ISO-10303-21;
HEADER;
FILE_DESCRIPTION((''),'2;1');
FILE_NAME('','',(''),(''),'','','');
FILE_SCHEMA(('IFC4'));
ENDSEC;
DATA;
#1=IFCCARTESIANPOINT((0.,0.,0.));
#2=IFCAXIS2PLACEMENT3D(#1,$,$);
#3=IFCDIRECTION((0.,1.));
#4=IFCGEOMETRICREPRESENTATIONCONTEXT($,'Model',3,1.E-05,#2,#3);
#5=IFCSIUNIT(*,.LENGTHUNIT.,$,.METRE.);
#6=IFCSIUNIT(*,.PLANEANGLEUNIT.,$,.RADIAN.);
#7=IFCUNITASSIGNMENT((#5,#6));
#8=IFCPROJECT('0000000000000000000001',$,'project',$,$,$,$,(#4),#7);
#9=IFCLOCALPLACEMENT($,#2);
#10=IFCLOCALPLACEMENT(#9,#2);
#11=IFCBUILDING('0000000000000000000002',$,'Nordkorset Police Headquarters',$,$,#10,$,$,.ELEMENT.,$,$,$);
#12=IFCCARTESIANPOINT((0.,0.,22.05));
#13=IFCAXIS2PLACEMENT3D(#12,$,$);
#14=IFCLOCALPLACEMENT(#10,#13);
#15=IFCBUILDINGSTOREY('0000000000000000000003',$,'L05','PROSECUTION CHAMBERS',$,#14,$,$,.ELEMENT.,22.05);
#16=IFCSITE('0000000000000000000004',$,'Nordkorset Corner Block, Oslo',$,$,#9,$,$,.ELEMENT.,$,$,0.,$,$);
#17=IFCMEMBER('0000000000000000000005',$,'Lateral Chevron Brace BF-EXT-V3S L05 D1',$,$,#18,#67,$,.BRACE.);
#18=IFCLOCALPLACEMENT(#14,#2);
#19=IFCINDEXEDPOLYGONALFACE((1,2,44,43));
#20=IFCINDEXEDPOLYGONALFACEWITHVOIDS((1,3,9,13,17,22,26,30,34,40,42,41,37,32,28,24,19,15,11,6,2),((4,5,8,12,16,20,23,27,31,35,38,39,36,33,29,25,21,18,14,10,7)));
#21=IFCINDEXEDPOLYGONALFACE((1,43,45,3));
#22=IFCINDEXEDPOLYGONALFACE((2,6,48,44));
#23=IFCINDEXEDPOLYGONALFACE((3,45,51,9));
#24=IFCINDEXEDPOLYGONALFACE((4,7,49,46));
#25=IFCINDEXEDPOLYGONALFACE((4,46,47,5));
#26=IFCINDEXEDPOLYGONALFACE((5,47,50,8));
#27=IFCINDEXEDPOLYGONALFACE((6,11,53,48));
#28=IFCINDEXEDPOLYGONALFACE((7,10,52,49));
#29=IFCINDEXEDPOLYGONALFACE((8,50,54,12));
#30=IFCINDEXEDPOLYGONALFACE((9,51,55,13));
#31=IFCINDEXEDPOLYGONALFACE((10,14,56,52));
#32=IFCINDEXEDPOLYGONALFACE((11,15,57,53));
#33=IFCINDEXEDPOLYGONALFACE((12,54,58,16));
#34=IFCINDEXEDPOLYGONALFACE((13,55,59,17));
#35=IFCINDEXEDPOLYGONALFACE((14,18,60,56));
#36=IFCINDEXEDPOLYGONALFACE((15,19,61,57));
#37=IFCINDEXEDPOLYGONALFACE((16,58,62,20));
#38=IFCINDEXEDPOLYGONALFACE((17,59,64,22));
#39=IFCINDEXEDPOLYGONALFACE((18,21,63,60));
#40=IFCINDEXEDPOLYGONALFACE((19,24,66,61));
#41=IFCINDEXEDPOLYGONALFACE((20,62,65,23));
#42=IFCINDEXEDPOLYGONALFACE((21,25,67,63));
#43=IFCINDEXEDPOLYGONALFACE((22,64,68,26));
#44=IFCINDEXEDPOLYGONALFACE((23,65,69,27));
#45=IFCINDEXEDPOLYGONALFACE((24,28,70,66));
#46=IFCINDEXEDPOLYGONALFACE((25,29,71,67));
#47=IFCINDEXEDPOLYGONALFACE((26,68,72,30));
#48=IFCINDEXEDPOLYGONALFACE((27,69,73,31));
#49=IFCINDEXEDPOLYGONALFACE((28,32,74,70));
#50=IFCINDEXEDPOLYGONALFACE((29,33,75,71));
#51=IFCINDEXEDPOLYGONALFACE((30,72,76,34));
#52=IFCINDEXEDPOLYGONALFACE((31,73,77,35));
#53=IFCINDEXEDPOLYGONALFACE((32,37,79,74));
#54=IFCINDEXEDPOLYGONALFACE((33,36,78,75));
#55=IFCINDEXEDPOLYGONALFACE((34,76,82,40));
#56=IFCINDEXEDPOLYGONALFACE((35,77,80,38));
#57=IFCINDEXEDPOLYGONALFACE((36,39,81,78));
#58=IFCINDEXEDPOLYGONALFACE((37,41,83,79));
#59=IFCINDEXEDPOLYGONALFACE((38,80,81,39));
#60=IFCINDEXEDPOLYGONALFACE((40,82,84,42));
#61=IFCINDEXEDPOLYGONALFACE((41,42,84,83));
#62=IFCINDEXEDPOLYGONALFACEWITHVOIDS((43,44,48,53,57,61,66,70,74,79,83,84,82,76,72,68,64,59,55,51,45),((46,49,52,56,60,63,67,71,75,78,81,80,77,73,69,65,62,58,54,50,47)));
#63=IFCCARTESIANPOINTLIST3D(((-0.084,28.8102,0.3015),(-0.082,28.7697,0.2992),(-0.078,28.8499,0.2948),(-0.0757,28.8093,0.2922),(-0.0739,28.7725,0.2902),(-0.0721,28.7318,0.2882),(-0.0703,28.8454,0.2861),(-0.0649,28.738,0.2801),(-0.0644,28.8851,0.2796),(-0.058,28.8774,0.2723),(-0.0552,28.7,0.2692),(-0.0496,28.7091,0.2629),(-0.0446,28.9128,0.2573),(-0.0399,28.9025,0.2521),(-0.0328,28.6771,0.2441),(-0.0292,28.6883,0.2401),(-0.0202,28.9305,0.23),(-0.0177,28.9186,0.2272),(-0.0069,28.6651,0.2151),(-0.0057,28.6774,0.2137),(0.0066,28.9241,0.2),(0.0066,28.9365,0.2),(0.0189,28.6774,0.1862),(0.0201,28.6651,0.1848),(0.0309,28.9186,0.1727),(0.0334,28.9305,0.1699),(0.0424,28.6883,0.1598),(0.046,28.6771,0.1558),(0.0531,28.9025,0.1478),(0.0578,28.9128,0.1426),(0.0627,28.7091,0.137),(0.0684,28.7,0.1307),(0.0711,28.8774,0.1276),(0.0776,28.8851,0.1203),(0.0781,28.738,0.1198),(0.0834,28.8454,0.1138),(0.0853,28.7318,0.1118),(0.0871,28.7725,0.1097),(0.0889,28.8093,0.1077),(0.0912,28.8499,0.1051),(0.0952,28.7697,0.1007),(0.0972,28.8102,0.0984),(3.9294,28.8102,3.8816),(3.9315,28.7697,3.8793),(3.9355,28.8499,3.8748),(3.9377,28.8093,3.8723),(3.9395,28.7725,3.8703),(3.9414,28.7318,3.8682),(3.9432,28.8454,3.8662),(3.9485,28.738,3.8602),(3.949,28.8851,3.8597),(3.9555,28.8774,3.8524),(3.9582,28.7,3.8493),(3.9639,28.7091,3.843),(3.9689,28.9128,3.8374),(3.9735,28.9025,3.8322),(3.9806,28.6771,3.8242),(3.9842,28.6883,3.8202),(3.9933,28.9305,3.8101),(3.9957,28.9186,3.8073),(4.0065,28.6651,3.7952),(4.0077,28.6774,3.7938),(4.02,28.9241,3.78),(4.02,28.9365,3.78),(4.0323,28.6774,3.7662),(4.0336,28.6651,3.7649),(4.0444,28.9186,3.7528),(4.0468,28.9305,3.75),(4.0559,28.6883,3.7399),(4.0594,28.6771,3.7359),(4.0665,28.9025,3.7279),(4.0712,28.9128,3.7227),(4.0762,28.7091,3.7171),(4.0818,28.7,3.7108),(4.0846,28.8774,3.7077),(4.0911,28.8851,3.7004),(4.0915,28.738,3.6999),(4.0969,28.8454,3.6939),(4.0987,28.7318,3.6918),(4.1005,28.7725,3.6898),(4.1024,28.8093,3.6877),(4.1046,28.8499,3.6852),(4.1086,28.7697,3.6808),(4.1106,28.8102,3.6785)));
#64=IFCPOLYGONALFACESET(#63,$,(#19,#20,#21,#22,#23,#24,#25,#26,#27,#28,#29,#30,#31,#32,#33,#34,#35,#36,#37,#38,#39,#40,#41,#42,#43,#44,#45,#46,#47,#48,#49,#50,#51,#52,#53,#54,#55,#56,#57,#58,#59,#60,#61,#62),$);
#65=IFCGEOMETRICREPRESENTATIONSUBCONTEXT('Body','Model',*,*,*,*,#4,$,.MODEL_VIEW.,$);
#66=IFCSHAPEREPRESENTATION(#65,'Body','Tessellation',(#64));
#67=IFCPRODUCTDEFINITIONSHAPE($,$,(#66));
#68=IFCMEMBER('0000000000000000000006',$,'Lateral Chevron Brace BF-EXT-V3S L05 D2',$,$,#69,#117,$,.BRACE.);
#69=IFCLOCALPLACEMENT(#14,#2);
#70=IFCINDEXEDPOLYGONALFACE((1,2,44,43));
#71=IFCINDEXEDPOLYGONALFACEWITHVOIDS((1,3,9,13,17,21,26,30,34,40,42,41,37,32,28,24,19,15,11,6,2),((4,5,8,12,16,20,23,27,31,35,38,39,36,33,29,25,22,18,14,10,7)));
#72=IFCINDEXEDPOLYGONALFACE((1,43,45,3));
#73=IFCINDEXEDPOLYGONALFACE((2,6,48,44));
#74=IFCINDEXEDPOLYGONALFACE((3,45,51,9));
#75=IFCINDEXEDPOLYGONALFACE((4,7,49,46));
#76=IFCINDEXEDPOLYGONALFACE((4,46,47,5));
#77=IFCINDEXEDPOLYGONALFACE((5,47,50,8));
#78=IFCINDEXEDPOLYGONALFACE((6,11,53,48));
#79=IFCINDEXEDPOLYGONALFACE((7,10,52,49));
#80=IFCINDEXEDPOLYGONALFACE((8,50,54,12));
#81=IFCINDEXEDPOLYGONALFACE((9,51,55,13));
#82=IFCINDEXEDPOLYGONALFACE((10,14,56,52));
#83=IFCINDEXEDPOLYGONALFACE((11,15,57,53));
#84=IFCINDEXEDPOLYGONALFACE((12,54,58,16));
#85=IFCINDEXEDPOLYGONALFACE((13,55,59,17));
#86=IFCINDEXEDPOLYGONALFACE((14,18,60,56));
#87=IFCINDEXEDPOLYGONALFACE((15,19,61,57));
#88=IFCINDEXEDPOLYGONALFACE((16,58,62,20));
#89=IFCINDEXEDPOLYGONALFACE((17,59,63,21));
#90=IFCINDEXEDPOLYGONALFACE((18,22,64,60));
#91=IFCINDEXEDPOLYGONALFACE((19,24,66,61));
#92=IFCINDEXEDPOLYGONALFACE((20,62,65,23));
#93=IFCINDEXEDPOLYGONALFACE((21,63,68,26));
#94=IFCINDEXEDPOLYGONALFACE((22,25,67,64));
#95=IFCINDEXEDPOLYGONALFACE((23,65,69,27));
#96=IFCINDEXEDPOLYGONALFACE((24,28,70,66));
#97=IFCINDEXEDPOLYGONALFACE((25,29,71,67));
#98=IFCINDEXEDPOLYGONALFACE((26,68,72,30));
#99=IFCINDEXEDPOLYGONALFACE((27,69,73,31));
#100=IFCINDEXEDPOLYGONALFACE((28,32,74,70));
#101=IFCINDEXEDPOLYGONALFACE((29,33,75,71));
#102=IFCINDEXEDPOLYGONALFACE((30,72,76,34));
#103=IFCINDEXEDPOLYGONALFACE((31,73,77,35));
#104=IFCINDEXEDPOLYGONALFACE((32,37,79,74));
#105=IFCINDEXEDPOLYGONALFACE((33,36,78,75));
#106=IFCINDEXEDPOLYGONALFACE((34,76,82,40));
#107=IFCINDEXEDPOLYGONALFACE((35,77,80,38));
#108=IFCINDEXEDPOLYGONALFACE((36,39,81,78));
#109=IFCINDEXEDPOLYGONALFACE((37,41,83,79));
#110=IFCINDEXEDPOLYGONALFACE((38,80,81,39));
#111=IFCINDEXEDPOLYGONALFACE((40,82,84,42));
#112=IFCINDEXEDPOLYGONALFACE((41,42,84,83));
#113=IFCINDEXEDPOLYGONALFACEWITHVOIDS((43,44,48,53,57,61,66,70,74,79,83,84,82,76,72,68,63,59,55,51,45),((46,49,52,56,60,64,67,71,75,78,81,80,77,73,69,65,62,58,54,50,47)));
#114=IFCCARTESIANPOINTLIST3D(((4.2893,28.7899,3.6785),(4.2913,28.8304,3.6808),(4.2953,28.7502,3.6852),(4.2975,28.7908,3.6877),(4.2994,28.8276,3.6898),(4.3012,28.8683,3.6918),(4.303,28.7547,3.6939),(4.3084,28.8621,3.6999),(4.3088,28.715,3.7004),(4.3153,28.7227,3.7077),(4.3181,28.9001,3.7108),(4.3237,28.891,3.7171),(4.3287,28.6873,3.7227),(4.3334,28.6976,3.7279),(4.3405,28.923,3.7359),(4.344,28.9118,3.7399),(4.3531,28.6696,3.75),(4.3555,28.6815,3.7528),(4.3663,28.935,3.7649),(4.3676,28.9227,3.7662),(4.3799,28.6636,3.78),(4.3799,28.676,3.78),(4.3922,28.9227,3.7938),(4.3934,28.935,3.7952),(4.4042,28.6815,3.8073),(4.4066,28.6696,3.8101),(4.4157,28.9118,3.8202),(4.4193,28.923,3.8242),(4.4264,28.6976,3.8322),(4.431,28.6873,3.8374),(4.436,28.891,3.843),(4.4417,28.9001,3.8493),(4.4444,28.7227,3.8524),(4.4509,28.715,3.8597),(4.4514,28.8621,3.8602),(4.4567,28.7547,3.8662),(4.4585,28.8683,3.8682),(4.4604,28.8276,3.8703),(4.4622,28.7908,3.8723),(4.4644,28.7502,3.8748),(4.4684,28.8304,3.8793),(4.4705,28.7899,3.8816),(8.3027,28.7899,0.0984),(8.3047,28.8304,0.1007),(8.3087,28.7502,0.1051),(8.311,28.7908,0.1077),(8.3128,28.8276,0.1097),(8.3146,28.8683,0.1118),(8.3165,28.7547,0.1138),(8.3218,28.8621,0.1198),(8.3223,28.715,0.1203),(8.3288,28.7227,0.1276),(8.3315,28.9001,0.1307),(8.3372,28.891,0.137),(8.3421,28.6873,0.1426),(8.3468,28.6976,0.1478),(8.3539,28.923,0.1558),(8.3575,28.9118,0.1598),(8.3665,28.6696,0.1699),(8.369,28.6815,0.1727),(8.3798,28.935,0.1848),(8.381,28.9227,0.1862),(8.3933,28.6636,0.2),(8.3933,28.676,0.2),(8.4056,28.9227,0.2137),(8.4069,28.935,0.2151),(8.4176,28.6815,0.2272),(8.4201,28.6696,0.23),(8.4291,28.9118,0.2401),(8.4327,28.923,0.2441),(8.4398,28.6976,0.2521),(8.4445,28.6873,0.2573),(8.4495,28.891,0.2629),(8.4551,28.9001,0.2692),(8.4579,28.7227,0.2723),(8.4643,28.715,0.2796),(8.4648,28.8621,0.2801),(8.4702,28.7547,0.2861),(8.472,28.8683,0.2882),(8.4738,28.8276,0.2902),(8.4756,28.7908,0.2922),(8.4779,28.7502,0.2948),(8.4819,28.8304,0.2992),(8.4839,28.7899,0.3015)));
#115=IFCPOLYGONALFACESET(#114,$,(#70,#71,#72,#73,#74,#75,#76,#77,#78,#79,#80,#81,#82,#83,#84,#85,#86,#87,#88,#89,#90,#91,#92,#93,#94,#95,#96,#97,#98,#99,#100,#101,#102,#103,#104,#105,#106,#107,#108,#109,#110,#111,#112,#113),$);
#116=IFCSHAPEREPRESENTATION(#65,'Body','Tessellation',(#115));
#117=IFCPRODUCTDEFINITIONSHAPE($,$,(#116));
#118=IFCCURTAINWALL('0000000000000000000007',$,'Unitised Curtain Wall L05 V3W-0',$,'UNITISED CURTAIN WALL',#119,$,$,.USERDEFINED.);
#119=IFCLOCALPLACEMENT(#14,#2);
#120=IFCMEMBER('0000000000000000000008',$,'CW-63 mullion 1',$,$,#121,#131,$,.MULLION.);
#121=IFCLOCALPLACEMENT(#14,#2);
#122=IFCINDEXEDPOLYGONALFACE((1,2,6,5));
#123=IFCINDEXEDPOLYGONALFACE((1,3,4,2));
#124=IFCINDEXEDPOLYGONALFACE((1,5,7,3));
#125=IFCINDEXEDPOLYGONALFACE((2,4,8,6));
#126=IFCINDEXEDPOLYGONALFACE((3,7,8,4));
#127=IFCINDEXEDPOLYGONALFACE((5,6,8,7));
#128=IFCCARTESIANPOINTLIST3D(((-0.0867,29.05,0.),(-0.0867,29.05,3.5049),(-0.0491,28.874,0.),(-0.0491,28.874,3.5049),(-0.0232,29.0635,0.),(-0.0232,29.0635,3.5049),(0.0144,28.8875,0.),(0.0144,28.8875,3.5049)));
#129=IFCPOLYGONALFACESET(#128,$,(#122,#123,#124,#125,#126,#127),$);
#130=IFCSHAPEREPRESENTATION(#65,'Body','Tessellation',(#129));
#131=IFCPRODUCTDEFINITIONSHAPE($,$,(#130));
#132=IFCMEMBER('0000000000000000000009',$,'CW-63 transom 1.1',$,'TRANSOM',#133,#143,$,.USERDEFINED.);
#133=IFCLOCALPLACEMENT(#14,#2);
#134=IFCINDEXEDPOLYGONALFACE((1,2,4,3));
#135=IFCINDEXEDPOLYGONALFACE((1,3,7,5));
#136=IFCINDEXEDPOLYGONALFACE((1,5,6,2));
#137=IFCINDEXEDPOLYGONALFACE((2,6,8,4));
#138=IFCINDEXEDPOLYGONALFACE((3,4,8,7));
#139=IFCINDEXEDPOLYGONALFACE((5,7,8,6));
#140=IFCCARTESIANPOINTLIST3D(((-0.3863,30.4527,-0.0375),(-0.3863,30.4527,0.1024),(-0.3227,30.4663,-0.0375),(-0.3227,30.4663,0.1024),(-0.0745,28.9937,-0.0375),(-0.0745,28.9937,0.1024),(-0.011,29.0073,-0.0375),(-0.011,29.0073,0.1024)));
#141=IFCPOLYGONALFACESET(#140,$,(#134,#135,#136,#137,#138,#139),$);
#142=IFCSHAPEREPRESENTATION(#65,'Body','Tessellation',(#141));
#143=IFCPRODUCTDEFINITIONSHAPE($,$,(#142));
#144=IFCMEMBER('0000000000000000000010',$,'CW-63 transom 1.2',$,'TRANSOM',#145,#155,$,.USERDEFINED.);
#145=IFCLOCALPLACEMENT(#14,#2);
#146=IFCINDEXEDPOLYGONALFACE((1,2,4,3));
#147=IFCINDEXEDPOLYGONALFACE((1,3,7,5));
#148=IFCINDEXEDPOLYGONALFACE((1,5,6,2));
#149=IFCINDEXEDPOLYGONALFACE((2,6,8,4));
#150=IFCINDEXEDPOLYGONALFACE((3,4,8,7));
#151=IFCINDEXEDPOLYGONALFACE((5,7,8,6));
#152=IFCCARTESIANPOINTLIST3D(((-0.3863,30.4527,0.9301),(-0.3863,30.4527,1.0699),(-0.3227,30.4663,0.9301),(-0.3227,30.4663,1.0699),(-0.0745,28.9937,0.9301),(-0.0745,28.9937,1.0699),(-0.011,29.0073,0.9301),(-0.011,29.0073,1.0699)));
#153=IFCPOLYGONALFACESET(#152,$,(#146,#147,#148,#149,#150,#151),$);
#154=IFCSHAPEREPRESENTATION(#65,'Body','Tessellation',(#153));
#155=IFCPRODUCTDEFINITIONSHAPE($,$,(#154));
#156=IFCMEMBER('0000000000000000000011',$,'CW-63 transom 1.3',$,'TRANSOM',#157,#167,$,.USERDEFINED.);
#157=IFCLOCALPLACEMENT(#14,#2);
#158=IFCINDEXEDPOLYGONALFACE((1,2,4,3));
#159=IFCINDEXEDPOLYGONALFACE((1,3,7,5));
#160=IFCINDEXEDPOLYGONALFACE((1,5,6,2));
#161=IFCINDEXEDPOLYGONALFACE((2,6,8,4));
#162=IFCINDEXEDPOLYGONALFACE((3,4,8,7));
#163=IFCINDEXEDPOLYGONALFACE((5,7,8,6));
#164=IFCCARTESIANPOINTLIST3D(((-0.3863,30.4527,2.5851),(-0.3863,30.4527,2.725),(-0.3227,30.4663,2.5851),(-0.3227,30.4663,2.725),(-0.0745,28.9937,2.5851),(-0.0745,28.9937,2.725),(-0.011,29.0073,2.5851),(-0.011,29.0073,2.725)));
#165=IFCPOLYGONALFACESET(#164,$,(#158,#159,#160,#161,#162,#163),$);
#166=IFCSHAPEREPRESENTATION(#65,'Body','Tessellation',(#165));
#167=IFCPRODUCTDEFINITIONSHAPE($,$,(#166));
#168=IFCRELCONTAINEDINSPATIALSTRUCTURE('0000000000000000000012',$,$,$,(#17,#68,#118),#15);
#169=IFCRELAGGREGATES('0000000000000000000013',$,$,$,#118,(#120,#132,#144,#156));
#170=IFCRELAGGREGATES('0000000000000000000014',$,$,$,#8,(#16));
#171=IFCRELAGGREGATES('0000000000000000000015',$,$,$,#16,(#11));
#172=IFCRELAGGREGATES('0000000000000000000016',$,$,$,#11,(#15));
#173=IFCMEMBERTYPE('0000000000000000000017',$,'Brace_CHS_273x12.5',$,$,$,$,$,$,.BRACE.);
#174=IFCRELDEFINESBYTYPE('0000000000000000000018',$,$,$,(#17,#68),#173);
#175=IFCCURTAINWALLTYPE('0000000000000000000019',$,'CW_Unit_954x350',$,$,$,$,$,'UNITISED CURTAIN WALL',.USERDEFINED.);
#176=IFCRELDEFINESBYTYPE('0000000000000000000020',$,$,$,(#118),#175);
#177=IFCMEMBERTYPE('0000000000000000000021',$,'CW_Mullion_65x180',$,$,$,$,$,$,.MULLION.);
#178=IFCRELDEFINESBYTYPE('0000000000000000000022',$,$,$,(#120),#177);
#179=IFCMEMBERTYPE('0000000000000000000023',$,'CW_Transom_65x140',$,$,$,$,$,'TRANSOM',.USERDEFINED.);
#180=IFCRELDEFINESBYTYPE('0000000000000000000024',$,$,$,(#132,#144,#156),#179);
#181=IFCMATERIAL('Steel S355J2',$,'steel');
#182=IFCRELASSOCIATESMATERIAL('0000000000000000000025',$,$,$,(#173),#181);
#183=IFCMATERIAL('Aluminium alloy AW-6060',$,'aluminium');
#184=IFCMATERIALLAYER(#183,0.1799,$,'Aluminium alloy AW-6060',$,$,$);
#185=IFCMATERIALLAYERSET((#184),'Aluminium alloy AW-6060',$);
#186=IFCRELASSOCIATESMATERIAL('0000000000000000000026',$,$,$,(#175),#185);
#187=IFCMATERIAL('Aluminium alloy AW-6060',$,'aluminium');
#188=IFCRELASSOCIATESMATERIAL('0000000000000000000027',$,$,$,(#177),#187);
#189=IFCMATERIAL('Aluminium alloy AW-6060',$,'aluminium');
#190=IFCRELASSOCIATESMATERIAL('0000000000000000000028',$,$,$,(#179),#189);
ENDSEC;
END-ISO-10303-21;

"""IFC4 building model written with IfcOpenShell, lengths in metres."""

from ifc_helpers import new_model, si_unit, direction, frame, origin, origin_2d, place, context, subcontext, project, spatial, rectangle, hollow_circle, extrude, material, layer, layer_set, material_profile, profile_set, type_object, element, aggregate, save


model = new_model("IFC4")

# Units and contexts
model_context = context("Model", 3, precision=1e-05, world=origin(), true_north=direction((0.0, 1.0)))
body_context = subcontext(model_context, "Body", "Model", "MODEL_VIEW")
ifc_project = project(units=[si_unit("LENGTHUNIT", "METRE"), si_unit("PLANEANGLEUNIT", "RADIAN")], contexts=[model_context])

# Site, building, storey
site_placement = place(None, origin())
site = spatial("IfcSite", under=ifc_project, at=site_placement, Name="Nordkorset Corner Block, Oslo", CompositionType="ELEMENT", RefElevation=0.0)
building_placement = place(site_placement, origin())
building = spatial("IfcBuilding", under=site, at=building_placement, Name="Nordkorset Police Headquarters", CompositionType="ELEMENT")
storey_placement = place(building_placement, frame((0.0, 0.0, 22.05)))
storey = spatial("IfcBuildingStorey", under=building, at=storey_placement, Name="L05", Description="PROSECUTION CHAMBERS", CompositionType="ELEMENT", Elevation=22.05)

# Members
ifc_material_1 = material(Name="Steel S355J2", Category="steel")
ifc_material_profile_1 = material_profile(ifc_material_1, hollow_circle(Radius=0.1365, WallThickness=0.0125, at=origin_2d()), Name="CHS 273x12.5")
ifc_profile_set_1 = profile_set([ifc_material_profile_1], Name="Steel S355J2")
member_type_1 = type_object("IfcMemberType", Name="Brace_CHS_273x12.5", PredefinedType="BRACE", material=ifc_profile_set_1)
for number, where, z_axis, x_axis, name in (
    (1, (0.0066, 28.8, 0.2), (0.746246, 0.0, 0.66567), (0.0, 1.0, 0.0), "Lateral Chevron Brace BF-EXT-V3S L05 D1"),
    (2, (8.3933, 28.8, 0.2), (-0.746246, 0.0, 0.66567), (0.0, -1.0, 0.0), "Lateral Chevron Brace BF-EXT-V3S L05 D2"),
):
    element("IfcMember", number, at=place(storey_placement, frame(where, z_axis=z_axis, x_axis=x_axis)), inside=storey, type_object=member_type_1, Name=name, PredefinedType="BRACE", context=body_context, shape_type="SweptSolid", body=[
        extrude(hollow_circle(Radius=0.1365, WallThickness=0.0125, at=origin_2d()), origin(), (0.0, 0.0, 1.0), 5.3782),
    ])

# Curtain wall, members
ifc_material_2 = material(Name="Aluminium alloy AW-6060", Category="aluminium")
ifc_layer_1 = layer(ifc_material_2, 0.1799, Name="Aluminium alloy AW-6060")
ifc_layer_set_1 = layer_set([ifc_layer_1], Name="Aluminium alloy AW-6060")
curtain_wall_type = type_object("IfcCurtainWallType", Name="CW_Unit_954x350", ElementType="UNITISED CURTAIN WALL", PredefinedType="USERDEFINED", material=ifc_layer_set_1)
curtain_wall_placement = place(storey_placement, origin())
curtain_wall = element("IfcCurtainWall", 3, at=curtain_wall_placement, inside=storey, type_object=curtain_wall_type, Name="Unitised Curtain Wall L05 V3W-0", ObjectType="UNITISED CURTAIN WALL", PredefinedType="USERDEFINED")
ifc_material_3 = material(Name="Aluminium alloy AW-6060", Category="aluminium")
ifc_material_profile_2 = material_profile(ifc_material_3, rectangle(XDim=0.0649, YDim=0.1799, at=origin_2d()), Name="ALU MULL 65x180")
ifc_profile_set_2 = profile_set([ifc_material_profile_2], Name="Aluminium alloy AW-6060")
member_type_2 = type_object("IfcMemberType", Name="CW_Mullion_65x180", PredefinedType="MULLION", material=ifc_profile_set_2)
member_1_placement = place(storey_placement, frame((-0.0361, 28.9688, 0.0), z_axis=(0.0, 0.0, 1.0), x_axis=(-0.977951, -0.208833, 0.0)))
member_1 = element("IfcMember", 4, at=member_1_placement, type_object=member_type_2, Name="CW-63 mullion 1", PredefinedType="MULLION", context=body_context, shape_type="SweptSolid", body=[
    extrude(rectangle(XDim=0.0649, YDim=0.1799, at=origin_2d()), origin(), (0.0, 0.0, 1.0), 3.5049),
])
ifc_material_4 = material(Name="Aluminium alloy AW-6060", Category="aluminium")
ifc_material_profile_3 = material_profile(ifc_material_4, rectangle(XDim=0.0649, YDim=0.1399, at=origin_2d()), Name="ALU TRAN 65x140")
ifc_profile_set_3 = profile_set([ifc_material_profile_3], Name="Aluminium alloy AW-6060")
member_type_3 = type_object("IfcMemberType", Name="CW_Transom_65x140", ElementType="TRANSOM", PredefinedType="USERDEFINED", material=ifc_profile_set_3)
member_2_placement = place(storey_placement, frame((-0.0427, 29.0005, 0.0325), z_axis=(-0.20897, 0.977922, 0.0), x_axis=(-0.977922, -0.20897, 0.0)))
member_2 = element("IfcMember", 5, at=member_2_placement, type_object=member_type_3, Name="CW-63 transom 1.1", ObjectType="TRANSOM", PredefinedType="USERDEFINED", context=body_context, shape_type="SweptSolid", body=[
    extrude(rectangle(XDim=0.0649, YDim=0.1399, at=origin_2d()), origin(), (0.0, 0.0, 1.0), 1.4919),
])
member_3_placement = place(storey_placement, frame((-0.0427, 29.0005, 1.0), z_axis=(-0.20897, 0.977922, 0.0), x_axis=(-0.977922, -0.20897, 0.0)))
member_3 = element("IfcMember", 6, at=member_3_placement, type_object=member_type_3, Name="CW-63 transom 1.2", ObjectType="TRANSOM", PredefinedType="USERDEFINED", context=body_context, shape_type="SweptSolid", body=[
    extrude(rectangle(XDim=0.0649, YDim=0.1399, at=origin_2d()), origin(), (0.0, 0.0, 1.0), 1.4919),
])
member_4_placement = place(storey_placement, frame((-0.0427, 29.0005, 2.655), z_axis=(-0.20897, 0.977922, 0.0), x_axis=(-0.977922, -0.20897, 0.0)))
member_4 = element("IfcMember", 7, at=member_4_placement, type_object=member_type_3, Name="CW-63 transom 1.3", ObjectType="TRANSOM", PredefinedType="USERDEFINED", context=body_context, shape_type="SweptSolid", body=[
    extrude(rectangle(XDim=0.0649, YDim=0.1399, at=origin_2d()), origin(), (0.0, 0.0, 1.0), 1.4919),
])
aggregate(curtain_wall, [member_1, member_2, member_3, member_4])

save(model, "model.ifc")
